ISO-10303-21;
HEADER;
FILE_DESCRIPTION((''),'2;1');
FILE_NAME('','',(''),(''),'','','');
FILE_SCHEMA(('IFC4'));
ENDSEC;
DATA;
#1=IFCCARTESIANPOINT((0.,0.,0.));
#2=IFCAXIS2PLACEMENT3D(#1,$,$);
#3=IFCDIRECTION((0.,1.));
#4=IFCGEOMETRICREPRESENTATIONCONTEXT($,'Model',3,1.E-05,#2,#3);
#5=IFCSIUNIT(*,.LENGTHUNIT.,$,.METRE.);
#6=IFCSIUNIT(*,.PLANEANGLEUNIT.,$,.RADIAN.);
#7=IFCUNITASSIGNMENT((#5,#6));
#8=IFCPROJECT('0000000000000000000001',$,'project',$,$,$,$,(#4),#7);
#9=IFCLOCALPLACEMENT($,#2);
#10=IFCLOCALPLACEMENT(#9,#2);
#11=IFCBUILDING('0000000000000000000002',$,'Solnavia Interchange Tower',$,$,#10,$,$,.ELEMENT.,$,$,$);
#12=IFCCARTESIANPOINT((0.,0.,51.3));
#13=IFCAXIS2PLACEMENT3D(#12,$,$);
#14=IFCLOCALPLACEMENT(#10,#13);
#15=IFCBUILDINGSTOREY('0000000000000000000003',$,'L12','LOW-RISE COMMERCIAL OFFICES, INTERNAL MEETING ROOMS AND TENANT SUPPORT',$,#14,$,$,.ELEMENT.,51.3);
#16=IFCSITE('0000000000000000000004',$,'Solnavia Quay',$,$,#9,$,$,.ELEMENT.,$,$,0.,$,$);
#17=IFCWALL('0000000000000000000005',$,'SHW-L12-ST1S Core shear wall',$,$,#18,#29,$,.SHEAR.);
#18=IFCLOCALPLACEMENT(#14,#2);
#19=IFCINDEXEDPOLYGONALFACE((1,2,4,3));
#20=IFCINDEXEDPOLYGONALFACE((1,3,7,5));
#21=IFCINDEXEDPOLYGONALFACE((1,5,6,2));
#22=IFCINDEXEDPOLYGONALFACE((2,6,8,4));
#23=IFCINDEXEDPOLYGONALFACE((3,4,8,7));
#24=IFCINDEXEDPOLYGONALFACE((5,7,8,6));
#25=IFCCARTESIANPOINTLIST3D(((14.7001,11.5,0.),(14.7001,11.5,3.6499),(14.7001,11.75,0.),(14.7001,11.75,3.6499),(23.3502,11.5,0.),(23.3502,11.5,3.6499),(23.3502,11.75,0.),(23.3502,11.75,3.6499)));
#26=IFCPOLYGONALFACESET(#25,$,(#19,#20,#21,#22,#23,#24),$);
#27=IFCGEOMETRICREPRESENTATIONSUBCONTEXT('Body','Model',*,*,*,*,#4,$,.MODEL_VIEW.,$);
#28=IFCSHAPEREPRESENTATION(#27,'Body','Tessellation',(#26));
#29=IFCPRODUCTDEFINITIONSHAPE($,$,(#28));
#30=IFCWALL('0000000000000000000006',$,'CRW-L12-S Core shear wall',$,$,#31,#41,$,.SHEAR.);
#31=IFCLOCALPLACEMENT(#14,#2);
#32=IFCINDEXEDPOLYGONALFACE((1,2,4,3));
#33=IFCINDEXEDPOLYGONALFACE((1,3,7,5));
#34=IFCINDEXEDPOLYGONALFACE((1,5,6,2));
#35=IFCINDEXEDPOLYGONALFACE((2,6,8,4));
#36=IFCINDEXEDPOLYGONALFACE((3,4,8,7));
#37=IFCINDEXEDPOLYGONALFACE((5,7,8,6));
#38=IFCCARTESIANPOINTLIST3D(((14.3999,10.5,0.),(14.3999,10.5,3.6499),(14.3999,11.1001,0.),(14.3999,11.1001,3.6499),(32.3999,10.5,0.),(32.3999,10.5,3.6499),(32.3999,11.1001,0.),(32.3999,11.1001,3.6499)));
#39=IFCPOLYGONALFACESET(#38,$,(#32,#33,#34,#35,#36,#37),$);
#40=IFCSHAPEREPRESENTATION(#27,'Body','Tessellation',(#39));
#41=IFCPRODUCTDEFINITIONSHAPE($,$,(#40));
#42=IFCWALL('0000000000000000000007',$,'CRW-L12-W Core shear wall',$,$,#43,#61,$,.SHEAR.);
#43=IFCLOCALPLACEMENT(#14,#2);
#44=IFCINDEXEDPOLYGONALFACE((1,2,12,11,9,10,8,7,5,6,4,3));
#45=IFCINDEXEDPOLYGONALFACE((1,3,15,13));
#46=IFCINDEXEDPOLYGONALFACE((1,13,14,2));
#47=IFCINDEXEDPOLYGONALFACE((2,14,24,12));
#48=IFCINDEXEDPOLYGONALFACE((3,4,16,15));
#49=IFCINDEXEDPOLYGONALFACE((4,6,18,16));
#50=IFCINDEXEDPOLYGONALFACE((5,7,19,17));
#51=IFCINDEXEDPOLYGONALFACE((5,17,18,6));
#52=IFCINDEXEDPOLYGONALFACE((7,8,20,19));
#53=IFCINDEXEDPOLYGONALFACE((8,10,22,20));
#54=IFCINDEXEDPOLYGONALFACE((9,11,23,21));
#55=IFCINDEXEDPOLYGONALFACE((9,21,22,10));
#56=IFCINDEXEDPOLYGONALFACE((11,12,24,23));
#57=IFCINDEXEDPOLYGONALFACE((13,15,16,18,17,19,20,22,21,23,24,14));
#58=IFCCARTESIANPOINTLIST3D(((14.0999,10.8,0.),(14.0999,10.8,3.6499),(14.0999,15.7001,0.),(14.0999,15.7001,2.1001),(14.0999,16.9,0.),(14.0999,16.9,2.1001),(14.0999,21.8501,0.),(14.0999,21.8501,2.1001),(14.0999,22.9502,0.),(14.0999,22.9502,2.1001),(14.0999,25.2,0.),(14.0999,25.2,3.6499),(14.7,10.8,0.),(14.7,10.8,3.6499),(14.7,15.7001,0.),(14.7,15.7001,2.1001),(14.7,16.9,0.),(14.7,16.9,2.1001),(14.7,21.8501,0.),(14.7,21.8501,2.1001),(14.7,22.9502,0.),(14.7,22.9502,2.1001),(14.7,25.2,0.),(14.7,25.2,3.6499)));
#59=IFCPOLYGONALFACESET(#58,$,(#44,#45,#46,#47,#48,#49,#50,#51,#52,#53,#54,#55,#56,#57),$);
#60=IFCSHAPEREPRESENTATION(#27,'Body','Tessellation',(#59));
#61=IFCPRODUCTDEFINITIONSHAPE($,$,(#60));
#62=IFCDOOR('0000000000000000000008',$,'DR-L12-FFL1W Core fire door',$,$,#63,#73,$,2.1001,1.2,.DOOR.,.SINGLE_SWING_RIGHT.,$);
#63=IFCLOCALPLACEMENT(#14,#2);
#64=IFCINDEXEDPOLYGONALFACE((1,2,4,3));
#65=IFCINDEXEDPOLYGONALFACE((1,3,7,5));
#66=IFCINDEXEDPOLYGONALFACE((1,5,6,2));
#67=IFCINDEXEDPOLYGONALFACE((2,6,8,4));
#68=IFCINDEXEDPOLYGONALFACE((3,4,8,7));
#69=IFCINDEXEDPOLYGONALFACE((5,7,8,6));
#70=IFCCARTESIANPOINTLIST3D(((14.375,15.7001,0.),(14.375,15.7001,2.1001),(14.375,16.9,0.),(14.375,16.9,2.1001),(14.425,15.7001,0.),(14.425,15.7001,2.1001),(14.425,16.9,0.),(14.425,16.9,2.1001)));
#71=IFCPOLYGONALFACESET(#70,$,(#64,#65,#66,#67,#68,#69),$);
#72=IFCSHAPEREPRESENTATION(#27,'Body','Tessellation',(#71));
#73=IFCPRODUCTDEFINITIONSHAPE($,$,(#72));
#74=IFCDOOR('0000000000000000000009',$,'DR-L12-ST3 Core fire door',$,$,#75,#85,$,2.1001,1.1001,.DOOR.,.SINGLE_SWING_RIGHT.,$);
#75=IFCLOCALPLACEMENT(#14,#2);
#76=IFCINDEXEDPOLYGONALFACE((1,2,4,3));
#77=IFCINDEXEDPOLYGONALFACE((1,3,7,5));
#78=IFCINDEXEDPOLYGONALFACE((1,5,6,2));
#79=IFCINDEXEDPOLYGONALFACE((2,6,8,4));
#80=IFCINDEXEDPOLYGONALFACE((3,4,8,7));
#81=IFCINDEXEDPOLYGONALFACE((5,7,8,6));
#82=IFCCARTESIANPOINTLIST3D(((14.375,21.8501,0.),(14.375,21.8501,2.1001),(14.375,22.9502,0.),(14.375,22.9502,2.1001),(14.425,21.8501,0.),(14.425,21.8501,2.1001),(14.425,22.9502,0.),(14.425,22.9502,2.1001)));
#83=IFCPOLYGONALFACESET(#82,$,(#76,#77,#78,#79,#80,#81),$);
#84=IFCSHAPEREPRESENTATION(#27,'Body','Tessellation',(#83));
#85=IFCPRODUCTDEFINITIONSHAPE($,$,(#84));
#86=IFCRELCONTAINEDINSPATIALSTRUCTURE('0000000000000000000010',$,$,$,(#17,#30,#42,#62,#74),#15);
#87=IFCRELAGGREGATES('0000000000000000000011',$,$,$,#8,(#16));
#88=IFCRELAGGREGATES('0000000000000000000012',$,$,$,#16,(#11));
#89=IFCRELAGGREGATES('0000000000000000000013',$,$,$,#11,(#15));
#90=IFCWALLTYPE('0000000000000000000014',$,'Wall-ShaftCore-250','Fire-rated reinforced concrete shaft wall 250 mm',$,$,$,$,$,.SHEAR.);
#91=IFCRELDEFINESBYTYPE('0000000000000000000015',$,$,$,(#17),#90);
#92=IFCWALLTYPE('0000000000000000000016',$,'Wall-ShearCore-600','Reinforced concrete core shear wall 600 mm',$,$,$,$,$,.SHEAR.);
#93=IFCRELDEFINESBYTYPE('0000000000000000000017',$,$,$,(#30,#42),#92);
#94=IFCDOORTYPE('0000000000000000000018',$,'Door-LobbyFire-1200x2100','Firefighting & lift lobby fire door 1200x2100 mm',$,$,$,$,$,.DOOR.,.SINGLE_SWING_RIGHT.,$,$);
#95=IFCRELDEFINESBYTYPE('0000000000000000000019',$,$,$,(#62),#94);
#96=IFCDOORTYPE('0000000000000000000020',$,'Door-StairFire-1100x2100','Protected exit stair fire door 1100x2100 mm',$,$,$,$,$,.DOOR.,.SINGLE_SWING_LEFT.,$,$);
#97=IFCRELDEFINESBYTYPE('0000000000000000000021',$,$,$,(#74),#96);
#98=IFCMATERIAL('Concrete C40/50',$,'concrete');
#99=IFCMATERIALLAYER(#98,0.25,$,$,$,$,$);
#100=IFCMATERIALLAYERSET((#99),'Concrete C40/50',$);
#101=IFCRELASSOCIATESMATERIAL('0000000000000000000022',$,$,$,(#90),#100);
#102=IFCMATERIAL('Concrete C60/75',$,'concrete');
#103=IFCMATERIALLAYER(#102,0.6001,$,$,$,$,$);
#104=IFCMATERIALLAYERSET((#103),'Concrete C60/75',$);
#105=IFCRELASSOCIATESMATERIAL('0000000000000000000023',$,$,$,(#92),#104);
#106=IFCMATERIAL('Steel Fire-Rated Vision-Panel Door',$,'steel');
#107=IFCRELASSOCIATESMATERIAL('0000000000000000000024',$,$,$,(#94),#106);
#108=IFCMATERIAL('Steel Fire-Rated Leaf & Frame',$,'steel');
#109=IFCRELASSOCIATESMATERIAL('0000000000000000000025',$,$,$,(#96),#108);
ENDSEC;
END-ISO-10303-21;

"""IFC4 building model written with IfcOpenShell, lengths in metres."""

from ifc_helpers import new_model, si_unit, direction, frame, frame_2d, origin, place, context, subcontext, project, spatial, rectangle, extrude, material, layer, layer_set, type_object, element, fill, save


model = new_model("IFC4")

# Units and contexts
model_context = context("Model", 3, precision=1e-05, world=origin(), true_north=direction((0.0, 1.0)))
body_context = subcontext(model_context, "Body", "Model", "MODEL_VIEW")
ifc_project = project(units=[si_unit("LENGTHUNIT", "METRE"), si_unit("PLANEANGLEUNIT", "RADIAN")], contexts=[model_context])

# Site, building, storey
site_placement = place(None, origin())
site = spatial("IfcSite", under=ifc_project, at=site_placement, Name="Solnavia Quay", CompositionType="ELEMENT", RefElevation=0.0)
building_placement = place(site_placement, origin())
building = spatial("IfcBuilding", under=site, at=building_placement, Name="Solnavia Interchange Tower", CompositionType="ELEMENT")
storey_placement = place(building_placement, frame((0.0, 0.0, 51.3)))
storey = spatial("IfcBuildingStorey", under=building, at=storey_placement, Name="L12", Description="LOW-RISE COMMERCIAL OFFICES, INTERNAL MEETING ROOMS AND TENANT SUPPORT", CompositionType="ELEMENT", Elevation=51.3)

# Walls
ifc_material_1 = material(Name="Concrete C40/50", Category="concrete")
ifc_layer_1 = layer(ifc_material_1, 0.25)
ifc_layer_set_1 = layer_set([ifc_layer_1], Name="Concrete C40/50")
wall_type_1 = type_object("IfcWallType", Name="Wall-ShaftCore-250", Description="Fire-rated reinforced concrete shaft wall 250 mm", PredefinedType="SHEAR", material=ifc_layer_set_1)
wall_1_placement = place(storey_placement, frame((14.7, 11.625, 0.0), z_axis=(0.0, 0.0, 1.0), x_axis=(1.0, 0.0, 0.0)))
element("IfcWall", 1, at=wall_1_placement, inside=storey, type_object=wall_type_1, Name="SHW-L12-ST1S Core shear wall", PredefinedType="SHEAR", context=body_context, shape_type="SweptSolid", body=[
    extrude(rectangle(XDim=8.6501, YDim=0.25, at=frame_2d((4.3252, 0.0))), origin(), (0.0, 0.0, 1.0), 3.6499),
])
ifc_material_2 = material(Name="Concrete C60/75", Category="concrete")
ifc_layer_2 = layer(ifc_material_2, 0.6001)
ifc_layer_set_2 = layer_set([ifc_layer_2], Name="Concrete C60/75")
wall_type_2 = type_object("IfcWallType", Name="Wall-ShearCore-600", Description="Reinforced concrete core shear wall 600 mm", PredefinedType="SHEAR", material=ifc_layer_set_2)
wall_2_placement = place(storey_placement, frame((14.3999, 10.8, 0.0), z_axis=(0.0, 0.0, 1.0), x_axis=(1.0, 0.0, 0.0)))
element("IfcWall", 2, at=wall_2_placement, inside=storey, type_object=wall_type_2, Name="CRW-L12-S Core shear wall", PredefinedType="SHEAR", context=body_context, shape_type="SweptSolid", body=[
    extrude(rectangle(XDim=18.0, YDim=0.6001, at=frame_2d((9.0, 0.0))), origin(), (0.0, 0.0, 1.0), 3.6499),
])

# Wall, openings, doors
wall_3_placement = place(storey_placement, frame((14.3999, 10.8, 0.0), z_axis=(0.0, 0.0, 1.0), x_axis=(0.0, 1.0, 0.0)))
wall_3 = element("IfcWall", 3, at=wall_3_placement, inside=storey, type_object=wall_type_2, Name="CRW-L12-W Core shear wall", PredefinedType="SHEAR", context=body_context, shape_type="SweptSolid", body=[
    extrude(rectangle(XDim=14.3999, YDim=0.6001, at=frame_2d((7.2, 0.0))), origin(), (0.0, 0.0, 1.0), 3.6499),
])
opening_1_placement = place(wall_3_placement, frame((11.05, 0.0, 0.0)))
opening_1 = element("IfcOpeningElement", 4, at=opening_1_placement, cuts=wall_3, PredefinedType="OPENING", context=body_context, shape_type="SweptSolid", body=[
    extrude(rectangle(XDim=1.1001, YDim=2.1001, at=frame_2d((0.55, 1.05))), frame((0.0, 0.3101, 0.0), z_axis=(0.0, -1.0, 0.0), x_axis=(1.0, 0.0, 0.0)), (0.0, 0.0, 1.0), 0.6201),
])
opening_2_placement = place(wall_3_placement, frame((4.8999, 0.0, 0.0)))
opening_2 = element("IfcOpeningElement", 5, at=opening_2_placement, cuts=wall_3, PredefinedType="OPENING", context=body_context, shape_type="SweptSolid", body=[
    extrude(rectangle(XDim=1.2, YDim=2.1001, at=frame_2d((0.6001, 1.05))), frame((0.0, 0.3101, 0.0), z_axis=(0.0, -1.0, 0.0), x_axis=(1.0, 0.0, 0.0)), (0.0, 0.0, 1.0), 0.6201),
])
ifc_material_3 = material(Name="Steel Fire-Rated Vision-Panel Door", Category="steel")
door_type_1 = type_object("IfcDoorType", Name="Door-LobbyFire-1200x2100", Description="Firefighting & lift lobby fire door 1200x2100 mm", OperationType="SINGLE_SWING_RIGHT", PredefinedType="DOOR", material=ifc_material_3)
door_1_placement = place(opening_2_placement, origin())
door_1 = element("IfcDoor", 6, at=door_1_placement, inside=storey, type_object=door_type_1, Name="DR-L12-FFL1W Core fire door", OperationType="SINGLE_SWING_RIGHT", OverallHeight=2.1001, OverallWidth=1.2, PredefinedType="DOOR", context=body_context, shape_type="SweptSolid", body=[
    extrude(rectangle(XDim=1.2, YDim=2.1001, at=frame_2d((0.6001, 1.05))), frame((0.0, 0.0249, 0.0), z_axis=(0.0, -1.0, 0.0), x_axis=(1.0, 0.0, 0.0)), (0.0, 0.0, 1.0), 0.05),
])
fill(opening_2, door_1)
ifc_material_4 = material(Name="Steel Fire-Rated Leaf & Frame", Category="steel")
door_type_2 = type_object("IfcDoorType", Name="Door-StairFire-1100x2100", Description="Protected exit stair fire door 1100x2100 mm", OperationType="SINGLE_SWING_LEFT", PredefinedType="DOOR", material=ifc_material_4)
door_2_placement = place(opening_1_placement, origin())
door_2 = element("IfcDoor", 7, at=door_2_placement, inside=storey, type_object=door_type_2, Name="DR-L12-ST3 Core fire door", OperationType="SINGLE_SWING_RIGHT", OverallHeight=2.1001, OverallWidth=1.1001, PredefinedType="DOOR", context=body_context, shape_type="SweptSolid", body=[
    extrude(rectangle(XDim=1.1001, YDim=2.1001, at=frame_2d((0.55, 1.05))), frame((0.0, 0.0249, 0.0), z_axis=(0.0, -1.0, 0.0), x_axis=(1.0, 0.0, 0.0)), (0.0, 0.0, 1.0), 0.05),
])
fill(opening_1, door_2)

save(model, "model.ifc")
